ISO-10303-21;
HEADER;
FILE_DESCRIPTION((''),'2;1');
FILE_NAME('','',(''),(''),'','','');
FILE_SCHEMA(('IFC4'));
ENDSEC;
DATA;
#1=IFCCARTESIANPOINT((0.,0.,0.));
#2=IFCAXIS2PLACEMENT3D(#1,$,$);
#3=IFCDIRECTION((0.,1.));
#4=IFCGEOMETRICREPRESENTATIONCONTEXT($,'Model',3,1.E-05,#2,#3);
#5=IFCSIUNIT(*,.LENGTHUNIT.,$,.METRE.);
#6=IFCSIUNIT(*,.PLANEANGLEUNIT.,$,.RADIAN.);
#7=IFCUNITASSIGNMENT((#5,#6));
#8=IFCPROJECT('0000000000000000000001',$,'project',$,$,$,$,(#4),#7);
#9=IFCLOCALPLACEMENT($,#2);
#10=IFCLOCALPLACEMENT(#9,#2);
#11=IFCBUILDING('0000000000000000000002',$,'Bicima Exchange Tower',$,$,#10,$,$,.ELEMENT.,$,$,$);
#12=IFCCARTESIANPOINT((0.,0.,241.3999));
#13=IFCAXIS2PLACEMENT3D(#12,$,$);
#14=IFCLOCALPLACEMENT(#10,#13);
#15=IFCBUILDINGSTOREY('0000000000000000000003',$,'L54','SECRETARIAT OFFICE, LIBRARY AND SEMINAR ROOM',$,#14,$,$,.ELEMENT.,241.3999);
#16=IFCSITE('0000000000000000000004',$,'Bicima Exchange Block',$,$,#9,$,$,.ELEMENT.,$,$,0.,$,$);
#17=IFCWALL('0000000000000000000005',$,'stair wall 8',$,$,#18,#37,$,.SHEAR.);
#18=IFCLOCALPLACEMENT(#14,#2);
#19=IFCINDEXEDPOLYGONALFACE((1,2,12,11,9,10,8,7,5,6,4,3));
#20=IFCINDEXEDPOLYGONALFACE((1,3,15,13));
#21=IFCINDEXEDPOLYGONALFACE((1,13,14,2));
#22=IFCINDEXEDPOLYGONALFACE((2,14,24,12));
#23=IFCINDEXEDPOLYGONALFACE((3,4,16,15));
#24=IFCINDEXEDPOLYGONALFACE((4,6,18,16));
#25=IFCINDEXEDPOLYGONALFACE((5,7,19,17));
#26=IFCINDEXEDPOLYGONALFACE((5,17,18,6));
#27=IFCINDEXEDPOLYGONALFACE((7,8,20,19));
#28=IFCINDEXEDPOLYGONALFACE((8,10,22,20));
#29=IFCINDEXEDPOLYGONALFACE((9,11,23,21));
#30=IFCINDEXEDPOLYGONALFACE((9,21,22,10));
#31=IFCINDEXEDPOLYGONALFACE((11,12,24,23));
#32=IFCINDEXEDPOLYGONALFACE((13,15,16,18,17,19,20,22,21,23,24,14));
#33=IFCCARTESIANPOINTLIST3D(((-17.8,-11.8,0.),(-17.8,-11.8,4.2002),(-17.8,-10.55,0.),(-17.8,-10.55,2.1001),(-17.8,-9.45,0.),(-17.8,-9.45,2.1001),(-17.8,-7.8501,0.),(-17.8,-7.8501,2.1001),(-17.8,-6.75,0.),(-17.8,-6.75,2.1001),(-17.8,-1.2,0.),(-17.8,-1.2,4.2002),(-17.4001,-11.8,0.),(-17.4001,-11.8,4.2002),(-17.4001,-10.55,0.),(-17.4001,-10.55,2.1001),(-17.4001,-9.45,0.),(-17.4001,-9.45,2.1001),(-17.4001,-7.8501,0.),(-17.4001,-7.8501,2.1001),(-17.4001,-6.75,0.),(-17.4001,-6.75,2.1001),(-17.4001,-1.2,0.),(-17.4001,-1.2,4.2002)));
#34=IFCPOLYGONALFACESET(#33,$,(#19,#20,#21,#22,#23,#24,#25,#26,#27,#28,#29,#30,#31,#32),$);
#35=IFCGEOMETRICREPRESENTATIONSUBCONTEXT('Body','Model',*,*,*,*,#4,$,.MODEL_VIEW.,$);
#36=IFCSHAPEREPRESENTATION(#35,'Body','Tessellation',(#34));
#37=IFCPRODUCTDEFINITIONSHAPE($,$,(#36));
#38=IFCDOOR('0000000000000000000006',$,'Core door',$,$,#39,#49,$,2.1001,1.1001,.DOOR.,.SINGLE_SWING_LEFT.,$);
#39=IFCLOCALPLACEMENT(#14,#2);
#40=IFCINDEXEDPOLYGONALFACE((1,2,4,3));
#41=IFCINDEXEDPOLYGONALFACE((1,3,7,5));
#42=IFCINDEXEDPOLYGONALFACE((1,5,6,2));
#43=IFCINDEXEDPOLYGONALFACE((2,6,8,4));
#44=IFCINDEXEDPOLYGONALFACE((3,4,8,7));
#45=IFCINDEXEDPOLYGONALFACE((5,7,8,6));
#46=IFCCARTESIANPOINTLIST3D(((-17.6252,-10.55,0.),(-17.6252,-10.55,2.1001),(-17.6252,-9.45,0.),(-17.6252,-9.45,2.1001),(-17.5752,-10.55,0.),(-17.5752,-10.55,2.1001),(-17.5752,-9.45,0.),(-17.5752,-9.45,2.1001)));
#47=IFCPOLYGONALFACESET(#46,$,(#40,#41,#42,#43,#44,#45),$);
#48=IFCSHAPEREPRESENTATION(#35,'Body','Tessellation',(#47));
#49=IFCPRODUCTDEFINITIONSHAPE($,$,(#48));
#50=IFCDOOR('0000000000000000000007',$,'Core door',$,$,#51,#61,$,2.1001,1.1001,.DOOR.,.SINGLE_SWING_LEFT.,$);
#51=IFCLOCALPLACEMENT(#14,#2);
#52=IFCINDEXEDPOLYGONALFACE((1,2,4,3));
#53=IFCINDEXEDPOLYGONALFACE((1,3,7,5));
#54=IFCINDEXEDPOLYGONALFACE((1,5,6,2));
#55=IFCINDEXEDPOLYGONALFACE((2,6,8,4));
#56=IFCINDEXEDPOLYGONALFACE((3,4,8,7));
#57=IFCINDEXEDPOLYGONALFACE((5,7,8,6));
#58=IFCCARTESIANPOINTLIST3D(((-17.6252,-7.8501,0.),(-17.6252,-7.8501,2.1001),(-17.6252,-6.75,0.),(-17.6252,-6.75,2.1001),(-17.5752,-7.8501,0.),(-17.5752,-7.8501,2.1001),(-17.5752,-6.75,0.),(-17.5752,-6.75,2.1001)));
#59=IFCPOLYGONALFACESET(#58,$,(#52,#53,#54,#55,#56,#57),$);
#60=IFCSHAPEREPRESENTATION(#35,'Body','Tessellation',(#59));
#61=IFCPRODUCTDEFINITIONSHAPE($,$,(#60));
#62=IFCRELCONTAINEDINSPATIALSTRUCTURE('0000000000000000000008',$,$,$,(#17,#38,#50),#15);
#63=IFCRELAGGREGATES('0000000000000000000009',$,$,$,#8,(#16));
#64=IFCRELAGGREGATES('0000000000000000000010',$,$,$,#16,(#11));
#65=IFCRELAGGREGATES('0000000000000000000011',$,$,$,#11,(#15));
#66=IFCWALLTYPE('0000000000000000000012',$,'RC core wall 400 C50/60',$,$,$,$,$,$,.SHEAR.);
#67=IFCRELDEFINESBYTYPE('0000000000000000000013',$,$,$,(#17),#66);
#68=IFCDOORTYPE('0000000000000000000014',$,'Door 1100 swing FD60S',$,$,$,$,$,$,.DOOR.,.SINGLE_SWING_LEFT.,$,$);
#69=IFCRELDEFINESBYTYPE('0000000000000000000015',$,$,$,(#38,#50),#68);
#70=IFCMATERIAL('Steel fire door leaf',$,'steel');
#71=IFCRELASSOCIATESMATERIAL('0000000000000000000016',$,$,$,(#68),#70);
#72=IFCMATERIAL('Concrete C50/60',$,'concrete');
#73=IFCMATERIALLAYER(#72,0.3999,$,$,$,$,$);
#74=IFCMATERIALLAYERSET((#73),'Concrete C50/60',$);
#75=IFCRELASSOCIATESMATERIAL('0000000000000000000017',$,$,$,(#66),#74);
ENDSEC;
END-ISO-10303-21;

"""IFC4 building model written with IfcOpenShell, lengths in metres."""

from ifc_helpers import new_model, si_unit, direction, frame, frame_2d, origin, place, context, subcontext, project, spatial, rectangle, extrude, material, layer, layer_set, type_object, element, fill, save


model = new_model("IFC4")

# Units and contexts
model_context = context("Model", 3, precision=1e-05, world=origin(), true_north=direction((0.0, 1.0)))
body_context = subcontext(model_context, "Body", "Model", "MODEL_VIEW")
ifc_project = project(units=[si_unit("LENGTHUNIT", "METRE"), si_unit("PLANEANGLEUNIT", "RADIAN")], contexts=[model_context])

# Site, building, storey
site_placement = place(None, origin())
site = spatial("IfcSite", under=ifc_project, at=site_placement, Name="Bicima Exchange Block", CompositionType="ELEMENT", RefElevation=0.0)
building_placement = place(site_placement, origin())
building = spatial("IfcBuilding", under=site, at=building_placement, Name="Bicima Exchange Tower", CompositionType="ELEMENT")
storey_placement = place(building_placement, frame((0.0, 0.0, 241.3999)))
storey = spatial("IfcBuildingStorey", under=building, at=storey_placement, Name="L54", Description="SECRETARIAT OFFICE, LIBRARY AND SEMINAR ROOM", CompositionType="ELEMENT", Elevation=241.3999)

# Shared definitions
ifc_material_1 = material(Name="Steel fire door leaf", Category="steel")

# Shared definitions
door_type_1 = type_object("IfcDoorType", Name="Door 1100 swing FD60S", OperationType="SINGLE_SWING_LEFT", PredefinedType="DOOR", material=ifc_material_1)

# Wall, openings, doors
ifc_material_2 = material(Name="Concrete C50/60", Category="concrete")
ifc_layer_1 = layer(ifc_material_2, 0.3999)
ifc_layer_set_1 = layer_set([ifc_layer_1], Name="Concrete C50/60")
wall_type_1 = type_object("IfcWallType", Name="RC core wall 400 C50/60", PredefinedType="SHEAR", material=ifc_layer_set_1)
wall_1_placement = place(storey_placement, frame((-17.6001, -11.8, 0.0), z_axis=(0.0, 0.0, 1.0), x_axis=(0.0, 1.0, 0.0)))
wall_1 = element("IfcWall", 1, at=wall_1_placement, inside=storey, type_object=wall_type_1, Name="stair wall 8", PredefinedType="SHEAR", context=body_context, shape_type="SweptSolid", body=[
    extrude(rectangle(XDim=10.6001, YDim=0.3999, at=frame_2d((5.3, 0.0))), origin(), (0.0, 0.0, 1.0), 4.2002),
])
opening_1_placement = place(wall_1_placement, frame((1.25, 0.0, 0.0)))
opening_1 = element("IfcOpeningElement", 2, at=opening_1_placement, cuts=wall_1, PredefinedType="OPENING", context=body_context, shape_type="SweptSolid", body=[
    extrude(rectangle(XDim=1.1001, YDim=2.1001, at=frame_2d((0.55, 1.05))), frame((0.0, 0.2119, 0.0), z_axis=(0.0, -1.0, 0.0), x_axis=(1.0, 0.0, 0.0)), (0.0, 0.0, 1.0), 0.4238),
])
opening_2_placement = place(wall_1_placement, frame((3.95, 0.0, 0.0)))
opening_2 = element("IfcOpeningElement", 3, at=opening_2_placement, cuts=wall_1, PredefinedType="OPENING", context=body_context, shape_type="SweptSolid", body=[
    extrude(rectangle(XDim=1.1001, YDim=2.1001, at=frame_2d((0.55, 1.05))), frame((0.0, 0.2119, 0.0), z_axis=(0.0, -1.0, 0.0), x_axis=(1.0, 0.0, 0.0)), (0.0, 0.0, 1.0), 0.4238),
])
door_1_placement = place(opening_1_placement, frame((1.1001, 0.0, 0.0), z_axis=(0.0, 0.0, 1.0), x_axis=(-1.0, 0.0, 0.0)))
door_1 = element("IfcDoor", 4, at=door_1_placement, inside=storey, type_object=door_type_1, Name="Core door", OperationType="SINGLE_SWING_LEFT", OverallHeight=2.1001, OverallWidth=1.1001, PredefinedType="DOOR", context=body_context, shape_type="SweptSolid", body=[
    extrude(rectangle(XDim=1.1001, YDim=2.1001, at=frame_2d((0.55, 1.05))), frame((0.0, 0.0249, 0.0), z_axis=(0.0, -1.0, 0.0), x_axis=(1.0, 0.0, 0.0)), (0.0, 0.0, 1.0), 0.05),
])
fill(opening_1, door_1)
door_2_placement = place(opening_2_placement, frame((1.1001, 0.0, 0.0), z_axis=(0.0, 0.0, 1.0), x_axis=(-1.0, 0.0, 0.0)))
door_2 = element("IfcDoor", 5, at=door_2_placement, inside=storey, type_object=door_type_1, Name="Core door", OperationType="SINGLE_SWING_LEFT", OverallHeight=2.1001, OverallWidth=1.1001, PredefinedType="DOOR", context=body_context, shape_type="SweptSolid", body=[
    extrude(rectangle(XDim=1.1001, YDim=2.1001, at=frame_2d((0.55, 1.05))), frame((0.0, 0.0249, 0.0), z_axis=(0.0, -1.0, 0.0), x_axis=(1.0, 0.0, 0.0)), (0.0, 0.0, 1.0), 0.05),
])
fill(opening_2, door_2)

save(model, "model.ifc")
